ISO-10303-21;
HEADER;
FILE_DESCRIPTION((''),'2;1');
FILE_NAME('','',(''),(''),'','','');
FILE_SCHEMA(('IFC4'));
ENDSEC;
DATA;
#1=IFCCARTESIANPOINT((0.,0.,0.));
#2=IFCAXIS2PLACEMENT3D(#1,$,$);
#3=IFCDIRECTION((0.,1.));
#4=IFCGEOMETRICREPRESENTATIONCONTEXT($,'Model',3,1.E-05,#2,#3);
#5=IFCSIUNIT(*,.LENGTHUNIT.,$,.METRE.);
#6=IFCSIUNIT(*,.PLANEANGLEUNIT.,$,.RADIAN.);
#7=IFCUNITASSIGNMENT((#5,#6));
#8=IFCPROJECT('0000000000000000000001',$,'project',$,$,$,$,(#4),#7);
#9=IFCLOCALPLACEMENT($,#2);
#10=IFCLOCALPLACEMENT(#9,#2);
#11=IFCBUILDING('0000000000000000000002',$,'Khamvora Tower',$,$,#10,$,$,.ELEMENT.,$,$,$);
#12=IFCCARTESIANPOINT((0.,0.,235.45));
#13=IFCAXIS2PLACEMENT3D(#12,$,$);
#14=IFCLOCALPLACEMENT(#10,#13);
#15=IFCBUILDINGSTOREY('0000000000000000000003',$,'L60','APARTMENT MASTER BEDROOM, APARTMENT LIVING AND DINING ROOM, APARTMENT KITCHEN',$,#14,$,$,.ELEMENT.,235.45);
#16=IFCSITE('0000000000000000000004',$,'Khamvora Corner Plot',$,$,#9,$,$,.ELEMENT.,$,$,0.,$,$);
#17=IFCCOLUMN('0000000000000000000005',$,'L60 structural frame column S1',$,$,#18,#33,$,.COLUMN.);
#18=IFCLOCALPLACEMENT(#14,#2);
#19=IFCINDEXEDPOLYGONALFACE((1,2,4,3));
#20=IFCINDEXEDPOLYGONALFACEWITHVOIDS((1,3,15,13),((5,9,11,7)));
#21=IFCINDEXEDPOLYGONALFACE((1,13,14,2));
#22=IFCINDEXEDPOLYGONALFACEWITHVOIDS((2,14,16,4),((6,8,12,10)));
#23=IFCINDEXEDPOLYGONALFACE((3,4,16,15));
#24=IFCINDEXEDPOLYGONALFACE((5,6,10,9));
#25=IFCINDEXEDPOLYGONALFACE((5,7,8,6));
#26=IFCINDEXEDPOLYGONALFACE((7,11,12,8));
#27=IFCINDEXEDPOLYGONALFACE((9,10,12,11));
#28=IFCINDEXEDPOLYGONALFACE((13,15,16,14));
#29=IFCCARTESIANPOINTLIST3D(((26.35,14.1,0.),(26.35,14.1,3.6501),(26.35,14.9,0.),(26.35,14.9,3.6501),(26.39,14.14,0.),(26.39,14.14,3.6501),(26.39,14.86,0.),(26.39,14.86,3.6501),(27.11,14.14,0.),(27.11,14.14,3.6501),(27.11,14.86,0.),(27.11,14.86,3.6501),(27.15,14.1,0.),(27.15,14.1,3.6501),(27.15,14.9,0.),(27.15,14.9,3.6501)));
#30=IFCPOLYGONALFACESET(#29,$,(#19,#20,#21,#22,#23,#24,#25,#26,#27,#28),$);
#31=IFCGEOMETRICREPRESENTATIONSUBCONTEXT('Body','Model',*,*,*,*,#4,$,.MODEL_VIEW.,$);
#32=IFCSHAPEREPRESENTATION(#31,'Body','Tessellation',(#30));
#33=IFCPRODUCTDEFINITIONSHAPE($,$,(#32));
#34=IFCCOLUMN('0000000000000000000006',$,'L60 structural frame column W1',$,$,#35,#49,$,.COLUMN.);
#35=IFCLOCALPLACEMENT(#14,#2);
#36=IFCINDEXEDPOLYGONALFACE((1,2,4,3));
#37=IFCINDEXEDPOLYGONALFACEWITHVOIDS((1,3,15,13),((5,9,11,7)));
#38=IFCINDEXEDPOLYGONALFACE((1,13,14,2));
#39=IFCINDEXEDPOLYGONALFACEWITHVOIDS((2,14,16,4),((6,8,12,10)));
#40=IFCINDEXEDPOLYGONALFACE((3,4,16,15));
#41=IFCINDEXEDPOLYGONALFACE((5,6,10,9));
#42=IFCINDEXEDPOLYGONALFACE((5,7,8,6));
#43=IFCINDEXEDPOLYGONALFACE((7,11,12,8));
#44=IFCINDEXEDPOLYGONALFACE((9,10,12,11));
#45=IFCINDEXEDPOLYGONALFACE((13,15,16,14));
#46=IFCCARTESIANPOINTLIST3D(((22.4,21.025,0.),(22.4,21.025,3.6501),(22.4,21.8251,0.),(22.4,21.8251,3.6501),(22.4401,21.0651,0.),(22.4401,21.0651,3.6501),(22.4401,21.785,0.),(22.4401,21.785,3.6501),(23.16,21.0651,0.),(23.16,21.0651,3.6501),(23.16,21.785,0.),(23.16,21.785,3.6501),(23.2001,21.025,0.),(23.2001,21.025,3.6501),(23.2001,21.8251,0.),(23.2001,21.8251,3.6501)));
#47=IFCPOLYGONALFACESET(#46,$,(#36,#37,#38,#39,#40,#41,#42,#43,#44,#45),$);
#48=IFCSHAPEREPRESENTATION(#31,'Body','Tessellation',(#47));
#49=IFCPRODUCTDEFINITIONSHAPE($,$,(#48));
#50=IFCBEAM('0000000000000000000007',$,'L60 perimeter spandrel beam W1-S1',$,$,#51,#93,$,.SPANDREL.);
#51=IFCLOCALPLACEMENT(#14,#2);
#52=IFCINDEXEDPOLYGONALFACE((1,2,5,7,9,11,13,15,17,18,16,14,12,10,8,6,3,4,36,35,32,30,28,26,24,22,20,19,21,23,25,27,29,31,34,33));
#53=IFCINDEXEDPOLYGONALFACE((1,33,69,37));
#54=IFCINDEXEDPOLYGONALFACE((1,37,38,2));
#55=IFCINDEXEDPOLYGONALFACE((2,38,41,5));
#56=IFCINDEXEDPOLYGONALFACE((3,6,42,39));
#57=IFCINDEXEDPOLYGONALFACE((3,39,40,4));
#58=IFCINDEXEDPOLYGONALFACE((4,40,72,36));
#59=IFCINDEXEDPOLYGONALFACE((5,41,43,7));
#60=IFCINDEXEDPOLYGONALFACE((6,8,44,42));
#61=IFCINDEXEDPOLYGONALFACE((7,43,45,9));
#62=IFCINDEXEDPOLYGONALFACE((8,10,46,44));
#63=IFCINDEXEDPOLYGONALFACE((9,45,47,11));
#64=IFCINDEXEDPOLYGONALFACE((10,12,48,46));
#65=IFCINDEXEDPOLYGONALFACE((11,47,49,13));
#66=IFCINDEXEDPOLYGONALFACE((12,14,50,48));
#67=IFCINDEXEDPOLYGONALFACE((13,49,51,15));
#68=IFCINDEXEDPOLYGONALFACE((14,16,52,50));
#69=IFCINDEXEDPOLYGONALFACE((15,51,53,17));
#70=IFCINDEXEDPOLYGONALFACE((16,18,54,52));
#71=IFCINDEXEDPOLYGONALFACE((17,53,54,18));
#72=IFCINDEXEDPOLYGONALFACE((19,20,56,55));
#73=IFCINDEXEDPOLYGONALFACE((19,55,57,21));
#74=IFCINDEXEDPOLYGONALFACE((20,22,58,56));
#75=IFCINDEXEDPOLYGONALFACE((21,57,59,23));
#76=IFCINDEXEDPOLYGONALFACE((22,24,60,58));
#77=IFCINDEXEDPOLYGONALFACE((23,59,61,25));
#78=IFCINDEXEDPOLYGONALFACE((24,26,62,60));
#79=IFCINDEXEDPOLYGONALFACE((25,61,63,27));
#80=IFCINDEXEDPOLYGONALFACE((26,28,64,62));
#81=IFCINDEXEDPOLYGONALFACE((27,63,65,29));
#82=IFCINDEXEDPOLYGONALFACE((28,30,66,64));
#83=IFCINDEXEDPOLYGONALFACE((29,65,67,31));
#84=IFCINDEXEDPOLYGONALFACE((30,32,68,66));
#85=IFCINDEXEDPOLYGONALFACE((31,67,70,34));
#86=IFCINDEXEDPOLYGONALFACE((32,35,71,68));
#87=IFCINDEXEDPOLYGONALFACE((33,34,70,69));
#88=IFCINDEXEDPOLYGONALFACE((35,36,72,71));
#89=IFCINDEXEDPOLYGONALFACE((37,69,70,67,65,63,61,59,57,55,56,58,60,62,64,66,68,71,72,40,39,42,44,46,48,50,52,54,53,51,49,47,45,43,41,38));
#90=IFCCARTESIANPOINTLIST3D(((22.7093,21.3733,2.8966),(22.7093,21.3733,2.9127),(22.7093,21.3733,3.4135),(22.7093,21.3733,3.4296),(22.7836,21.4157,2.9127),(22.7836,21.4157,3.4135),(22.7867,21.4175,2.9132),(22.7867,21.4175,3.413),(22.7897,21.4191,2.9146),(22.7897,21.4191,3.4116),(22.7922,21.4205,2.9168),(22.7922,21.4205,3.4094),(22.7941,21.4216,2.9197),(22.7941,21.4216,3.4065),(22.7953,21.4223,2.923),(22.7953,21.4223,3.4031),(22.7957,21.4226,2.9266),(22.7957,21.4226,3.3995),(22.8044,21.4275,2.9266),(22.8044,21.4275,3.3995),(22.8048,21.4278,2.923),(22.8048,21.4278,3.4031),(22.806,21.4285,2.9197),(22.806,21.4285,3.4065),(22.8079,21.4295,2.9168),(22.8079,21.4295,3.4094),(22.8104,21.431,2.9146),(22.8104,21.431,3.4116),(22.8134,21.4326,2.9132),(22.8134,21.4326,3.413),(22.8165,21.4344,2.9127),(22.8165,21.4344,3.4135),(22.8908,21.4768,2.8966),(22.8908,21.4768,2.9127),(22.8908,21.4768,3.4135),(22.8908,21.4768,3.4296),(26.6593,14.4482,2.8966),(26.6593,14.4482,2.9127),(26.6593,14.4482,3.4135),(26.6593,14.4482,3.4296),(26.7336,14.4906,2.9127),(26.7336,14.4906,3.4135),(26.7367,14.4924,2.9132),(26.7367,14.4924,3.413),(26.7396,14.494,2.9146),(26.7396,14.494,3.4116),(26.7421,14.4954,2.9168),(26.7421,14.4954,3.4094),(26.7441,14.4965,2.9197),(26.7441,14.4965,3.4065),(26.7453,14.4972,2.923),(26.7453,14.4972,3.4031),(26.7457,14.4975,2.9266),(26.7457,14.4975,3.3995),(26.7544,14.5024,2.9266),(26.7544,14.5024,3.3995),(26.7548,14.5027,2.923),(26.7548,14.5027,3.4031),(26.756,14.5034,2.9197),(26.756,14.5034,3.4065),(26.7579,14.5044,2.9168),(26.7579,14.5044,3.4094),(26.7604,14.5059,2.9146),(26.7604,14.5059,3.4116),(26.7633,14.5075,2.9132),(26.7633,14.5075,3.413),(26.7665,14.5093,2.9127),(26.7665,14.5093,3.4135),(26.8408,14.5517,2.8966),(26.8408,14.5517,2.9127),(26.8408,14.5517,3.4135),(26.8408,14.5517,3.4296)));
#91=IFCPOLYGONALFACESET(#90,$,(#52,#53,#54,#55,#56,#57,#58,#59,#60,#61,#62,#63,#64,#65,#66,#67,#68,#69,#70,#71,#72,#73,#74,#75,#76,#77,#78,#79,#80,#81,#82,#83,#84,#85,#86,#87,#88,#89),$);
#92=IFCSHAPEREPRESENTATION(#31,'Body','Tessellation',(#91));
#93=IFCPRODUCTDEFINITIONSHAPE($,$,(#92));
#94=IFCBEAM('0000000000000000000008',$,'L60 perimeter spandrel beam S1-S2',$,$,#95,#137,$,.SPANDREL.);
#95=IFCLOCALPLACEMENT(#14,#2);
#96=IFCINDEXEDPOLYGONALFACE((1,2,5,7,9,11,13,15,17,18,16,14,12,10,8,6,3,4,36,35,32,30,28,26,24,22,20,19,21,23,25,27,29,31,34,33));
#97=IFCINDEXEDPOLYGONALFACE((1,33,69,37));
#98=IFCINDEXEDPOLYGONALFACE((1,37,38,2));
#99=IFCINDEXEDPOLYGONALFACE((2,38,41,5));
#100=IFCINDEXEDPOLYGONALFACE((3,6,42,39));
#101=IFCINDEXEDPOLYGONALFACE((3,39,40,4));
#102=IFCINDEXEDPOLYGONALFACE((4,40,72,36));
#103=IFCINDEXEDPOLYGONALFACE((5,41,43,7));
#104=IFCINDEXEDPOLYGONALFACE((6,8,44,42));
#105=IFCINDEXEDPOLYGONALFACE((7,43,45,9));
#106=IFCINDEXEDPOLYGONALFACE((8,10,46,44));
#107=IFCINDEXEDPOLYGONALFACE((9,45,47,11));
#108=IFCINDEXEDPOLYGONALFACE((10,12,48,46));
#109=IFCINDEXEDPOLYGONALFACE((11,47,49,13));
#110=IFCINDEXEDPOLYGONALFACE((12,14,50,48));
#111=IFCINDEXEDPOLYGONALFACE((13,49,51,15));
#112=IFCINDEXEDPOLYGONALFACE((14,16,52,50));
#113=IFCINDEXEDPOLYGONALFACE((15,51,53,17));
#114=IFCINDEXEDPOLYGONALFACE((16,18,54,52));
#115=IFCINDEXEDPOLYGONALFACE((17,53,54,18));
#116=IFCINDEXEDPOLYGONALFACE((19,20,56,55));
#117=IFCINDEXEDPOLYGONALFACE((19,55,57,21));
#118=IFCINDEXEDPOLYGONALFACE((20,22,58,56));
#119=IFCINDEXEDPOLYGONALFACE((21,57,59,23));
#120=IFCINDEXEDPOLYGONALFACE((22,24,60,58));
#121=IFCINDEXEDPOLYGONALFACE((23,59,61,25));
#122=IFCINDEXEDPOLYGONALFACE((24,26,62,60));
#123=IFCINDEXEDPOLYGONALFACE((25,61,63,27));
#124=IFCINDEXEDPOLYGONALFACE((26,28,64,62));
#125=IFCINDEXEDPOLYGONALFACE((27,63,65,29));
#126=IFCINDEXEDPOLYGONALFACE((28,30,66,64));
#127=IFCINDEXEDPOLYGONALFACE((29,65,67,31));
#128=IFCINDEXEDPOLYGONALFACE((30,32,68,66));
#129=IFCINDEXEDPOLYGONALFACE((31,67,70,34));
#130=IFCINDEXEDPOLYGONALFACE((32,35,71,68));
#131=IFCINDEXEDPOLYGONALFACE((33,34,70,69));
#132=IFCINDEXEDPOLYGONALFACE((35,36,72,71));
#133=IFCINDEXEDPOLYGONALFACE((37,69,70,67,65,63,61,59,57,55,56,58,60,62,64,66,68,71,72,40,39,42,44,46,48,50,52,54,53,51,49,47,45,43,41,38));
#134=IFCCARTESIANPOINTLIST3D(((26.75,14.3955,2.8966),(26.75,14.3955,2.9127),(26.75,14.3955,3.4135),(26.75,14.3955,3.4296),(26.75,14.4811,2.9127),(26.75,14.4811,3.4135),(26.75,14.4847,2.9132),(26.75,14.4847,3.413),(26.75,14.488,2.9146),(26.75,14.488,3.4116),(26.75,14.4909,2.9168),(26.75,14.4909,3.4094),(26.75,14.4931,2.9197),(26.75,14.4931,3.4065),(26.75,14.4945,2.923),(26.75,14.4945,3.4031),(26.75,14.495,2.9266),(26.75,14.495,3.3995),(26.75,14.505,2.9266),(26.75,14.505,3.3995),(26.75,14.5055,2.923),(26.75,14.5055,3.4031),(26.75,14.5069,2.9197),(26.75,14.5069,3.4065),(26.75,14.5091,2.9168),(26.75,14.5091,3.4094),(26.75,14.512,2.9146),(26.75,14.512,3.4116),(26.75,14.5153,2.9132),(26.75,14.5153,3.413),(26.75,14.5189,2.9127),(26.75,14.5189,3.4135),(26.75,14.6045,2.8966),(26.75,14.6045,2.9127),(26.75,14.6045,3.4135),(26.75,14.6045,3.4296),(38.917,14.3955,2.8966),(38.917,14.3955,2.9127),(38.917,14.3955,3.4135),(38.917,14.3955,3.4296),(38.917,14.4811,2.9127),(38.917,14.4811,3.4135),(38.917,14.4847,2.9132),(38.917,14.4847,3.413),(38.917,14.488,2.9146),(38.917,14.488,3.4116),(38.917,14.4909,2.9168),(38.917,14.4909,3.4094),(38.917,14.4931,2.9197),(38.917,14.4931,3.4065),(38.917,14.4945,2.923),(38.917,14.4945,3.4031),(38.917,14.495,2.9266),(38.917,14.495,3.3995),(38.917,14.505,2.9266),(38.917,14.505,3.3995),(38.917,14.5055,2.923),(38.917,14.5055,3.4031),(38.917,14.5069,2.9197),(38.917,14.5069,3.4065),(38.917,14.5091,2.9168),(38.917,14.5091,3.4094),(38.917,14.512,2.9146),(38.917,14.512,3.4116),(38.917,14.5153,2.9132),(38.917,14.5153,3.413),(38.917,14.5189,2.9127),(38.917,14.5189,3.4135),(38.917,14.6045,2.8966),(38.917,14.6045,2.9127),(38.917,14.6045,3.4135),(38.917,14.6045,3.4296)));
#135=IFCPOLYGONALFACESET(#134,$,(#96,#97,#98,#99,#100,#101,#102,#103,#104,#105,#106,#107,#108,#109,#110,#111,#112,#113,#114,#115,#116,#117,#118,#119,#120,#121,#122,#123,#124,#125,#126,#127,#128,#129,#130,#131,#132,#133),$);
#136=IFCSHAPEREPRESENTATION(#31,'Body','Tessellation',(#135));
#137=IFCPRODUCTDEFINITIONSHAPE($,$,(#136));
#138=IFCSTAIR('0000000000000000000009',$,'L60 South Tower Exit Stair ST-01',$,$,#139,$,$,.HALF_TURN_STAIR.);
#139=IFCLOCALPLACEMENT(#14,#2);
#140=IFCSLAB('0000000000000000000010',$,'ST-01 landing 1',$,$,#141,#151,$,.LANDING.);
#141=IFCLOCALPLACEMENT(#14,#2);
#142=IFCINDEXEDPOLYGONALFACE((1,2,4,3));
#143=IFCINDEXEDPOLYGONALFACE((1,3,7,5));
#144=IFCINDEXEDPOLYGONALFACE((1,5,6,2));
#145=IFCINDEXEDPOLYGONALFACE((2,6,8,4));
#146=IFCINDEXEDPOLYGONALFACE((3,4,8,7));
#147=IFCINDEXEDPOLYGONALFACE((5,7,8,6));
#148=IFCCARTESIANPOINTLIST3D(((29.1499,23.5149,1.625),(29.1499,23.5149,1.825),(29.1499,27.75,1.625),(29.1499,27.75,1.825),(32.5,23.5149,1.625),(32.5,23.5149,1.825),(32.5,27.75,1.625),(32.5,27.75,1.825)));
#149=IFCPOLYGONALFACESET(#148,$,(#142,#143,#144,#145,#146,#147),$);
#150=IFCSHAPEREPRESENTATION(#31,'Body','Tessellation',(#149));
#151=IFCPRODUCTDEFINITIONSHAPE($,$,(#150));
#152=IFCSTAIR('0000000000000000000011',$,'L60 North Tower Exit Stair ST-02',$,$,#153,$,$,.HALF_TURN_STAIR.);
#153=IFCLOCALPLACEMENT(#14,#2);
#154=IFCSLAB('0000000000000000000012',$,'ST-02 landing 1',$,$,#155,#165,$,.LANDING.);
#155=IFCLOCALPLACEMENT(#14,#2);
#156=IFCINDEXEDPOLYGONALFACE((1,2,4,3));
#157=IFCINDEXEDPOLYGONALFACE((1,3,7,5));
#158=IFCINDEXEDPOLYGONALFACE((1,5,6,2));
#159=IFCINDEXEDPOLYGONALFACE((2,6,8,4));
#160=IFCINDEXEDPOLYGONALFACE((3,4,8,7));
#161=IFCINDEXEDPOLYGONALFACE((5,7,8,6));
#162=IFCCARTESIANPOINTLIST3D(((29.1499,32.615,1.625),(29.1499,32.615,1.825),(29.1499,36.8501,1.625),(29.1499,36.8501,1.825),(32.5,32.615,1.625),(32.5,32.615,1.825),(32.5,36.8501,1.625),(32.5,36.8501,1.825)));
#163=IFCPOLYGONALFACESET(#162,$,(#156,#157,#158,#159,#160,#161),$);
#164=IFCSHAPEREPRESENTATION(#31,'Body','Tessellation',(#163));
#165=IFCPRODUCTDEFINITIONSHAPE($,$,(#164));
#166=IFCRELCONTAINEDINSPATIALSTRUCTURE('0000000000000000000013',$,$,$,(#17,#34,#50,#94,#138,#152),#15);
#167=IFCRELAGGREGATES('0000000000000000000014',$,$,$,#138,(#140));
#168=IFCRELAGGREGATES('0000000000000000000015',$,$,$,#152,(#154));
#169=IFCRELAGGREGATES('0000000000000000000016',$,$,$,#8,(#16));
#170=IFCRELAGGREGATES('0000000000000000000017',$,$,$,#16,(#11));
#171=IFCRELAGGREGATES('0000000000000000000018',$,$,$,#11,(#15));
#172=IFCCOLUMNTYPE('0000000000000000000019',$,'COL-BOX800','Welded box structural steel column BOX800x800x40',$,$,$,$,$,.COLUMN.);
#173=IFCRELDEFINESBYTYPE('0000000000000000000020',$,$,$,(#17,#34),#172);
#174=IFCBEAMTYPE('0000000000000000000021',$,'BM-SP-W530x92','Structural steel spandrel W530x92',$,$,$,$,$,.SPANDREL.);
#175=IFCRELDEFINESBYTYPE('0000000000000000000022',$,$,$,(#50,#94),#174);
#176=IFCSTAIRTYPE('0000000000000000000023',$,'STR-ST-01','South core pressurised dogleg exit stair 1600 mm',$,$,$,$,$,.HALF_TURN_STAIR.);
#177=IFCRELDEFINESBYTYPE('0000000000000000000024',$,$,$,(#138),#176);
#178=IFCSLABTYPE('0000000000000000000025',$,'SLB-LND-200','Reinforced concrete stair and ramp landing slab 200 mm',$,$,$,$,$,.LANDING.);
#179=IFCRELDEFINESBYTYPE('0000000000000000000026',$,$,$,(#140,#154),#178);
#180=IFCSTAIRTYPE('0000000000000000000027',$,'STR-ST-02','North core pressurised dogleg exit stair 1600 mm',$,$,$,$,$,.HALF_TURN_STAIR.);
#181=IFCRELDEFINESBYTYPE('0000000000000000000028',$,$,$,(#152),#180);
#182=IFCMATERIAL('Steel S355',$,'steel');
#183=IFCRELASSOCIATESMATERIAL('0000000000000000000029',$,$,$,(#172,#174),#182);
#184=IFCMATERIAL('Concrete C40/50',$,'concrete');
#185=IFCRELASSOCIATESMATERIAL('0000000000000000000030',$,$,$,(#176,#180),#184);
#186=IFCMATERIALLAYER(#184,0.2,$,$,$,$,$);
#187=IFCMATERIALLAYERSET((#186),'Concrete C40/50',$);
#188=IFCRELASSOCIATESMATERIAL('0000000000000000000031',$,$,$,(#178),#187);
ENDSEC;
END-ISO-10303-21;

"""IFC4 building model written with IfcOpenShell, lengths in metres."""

from ifc_helpers import new_model, si_unit, direction, frame, origin, origin_2d, place, context, subcontext, project, spatial, polyline, hollow_rectangle, i_section, outline, extrude, material, layer, layer_set, material_profile, profile_set, type_object, element, aggregate, save


model = new_model("IFC4")

# Units and contexts
model_context = context("Model", 3, precision=1e-05, world=origin(), true_north=direction((0.0, 1.0)))
body_context = subcontext(model_context, "Body", "Model", "MODEL_VIEW")
ifc_project = project(units=[si_unit("LENGTHUNIT", "METRE"), si_unit("PLANEANGLEUNIT", "RADIAN")], contexts=[model_context])

# Site, building, storey
site_placement = place(None, origin())
site = spatial("IfcSite", under=ifc_project, at=site_placement, Name="Khamvora Corner Plot", CompositionType="ELEMENT", RefElevation=0.0)
building_placement = place(site_placement, origin())
building = spatial("IfcBuilding", under=site, at=building_placement, Name="Khamvora Tower", CompositionType="ELEMENT")
storey_placement = place(building_placement, frame((0.0, 0.0, 235.45)))
storey = spatial("IfcBuildingStorey", under=building, at=storey_placement, Name="L60", Description="APARTMENT MASTER BEDROOM, APARTMENT LIVING AND DINING ROOM, APARTMENT KITCHEN", CompositionType="ELEMENT", Elevation=235.45)

# Columns
ifc_material_1 = material(Name="Steel S355", Category="steel")
ifc_material_profile_1 = material_profile(ifc_material_1, hollow_rectangle(XDim=0.8, YDim=0.8, WallThickness=0.04, at=origin_2d()), Name="BOX800x800x40")
ifc_profile_set_1 = profile_set([ifc_material_profile_1], Name="Steel S355")
column_type = type_object("IfcColumnType", Name="COL-BOX800", Description="Welded box structural steel column BOX800x800x40", PredefinedType="COLUMN", material=ifc_profile_set_1)
for number, where, z_axis, x_axis, name in (
    (1, (26.75, 14.5, 0.0), (0.0, 0.0, 1.0), (1.0, 0.0, 0.0), "L60 structural frame column S1"),
    (2, (22.8, 21.425, 0.0), (0.0, 0.0, 1.0), (1.0, 0.0, 0.0), "L60 structural frame column W1"),
):
    element("IfcColumn", number, at=place(storey_placement, frame(where, z_axis=z_axis, x_axis=x_axis)), inside=storey, type_object=column_type, Name=name, PredefinedType="COLUMN", context=body_context, shape_type="SweptSolid", body=[
        extrude(hollow_rectangle(XDim=0.8, YDim=0.8, WallThickness=0.04, at=origin_2d()), origin(), (0.0, 0.0, 1.0), 3.6501),
    ])

# Beams
ifc_material_profile_2 = material_profile(ifc_material_1, i_section(OverallWidth=0.209, OverallDepth=0.533, WebThickness=0.01, FlangeThickness=0.0161, FilletRadius=0.0139, at=origin_2d()), Name="W530x92")
ifc_profile_set_2 = profile_set([ifc_material_profile_2], Name="Steel S355")
beam_type = type_object("IfcBeamType", Name="BM-SP-W530x92", Description="Structural steel spandrel W530x92", PredefinedType="SPANDREL", material=ifc_profile_set_2)
beam_1_placement = place(storey_placement, frame((22.8, 21.425, 3.1631), z_axis=(0.495456, -0.868633, 0.0), x_axis=(0.868633, 0.495456, 0.0)))
element("IfcBeam", 3, at=beam_1_placement, inside=storey, type_object=beam_type, Name="L60 perimeter spandrel beam W1-S1", PredefinedType="SPANDREL", context=body_context, shape_type="SweptSolid", body=[
    extrude(i_section(OverallWidth=0.209, OverallDepth=0.533, WebThickness=0.01, FlangeThickness=0.0161, FilletRadius=0.0139, at=origin_2d()), origin(), (0.0, 0.0, 1.0), 7.9724),
])
beam_2_placement = place(storey_placement, frame((26.75, 14.5, 3.1631), z_axis=(1.0, 0.0, 0.0), x_axis=(0.0, 1.0, 0.0)))
element("IfcBeam", 4, at=beam_2_placement, inside=storey, type_object=beam_type, Name="L60 perimeter spandrel beam S1-S2", PredefinedType="SPANDREL", context=body_context, shape_type="SweptSolid", body=[
    extrude(i_section(OverallWidth=0.209, OverallDepth=0.533, WebThickness=0.01, FlangeThickness=0.0161, FilletRadius=0.0139, at=origin_2d()), origin(), (0.0, 0.0, 1.0), 12.167),
])

# Stairs, slabs
ifc_material_2 = material(Name="Concrete C40/50", Category="concrete")
stair_type_1 = type_object("IfcStairType", Name="STR-ST-01", Description="South core pressurised dogleg exit stair 1600 mm", PredefinedType="HALF_TURN_STAIR", material=ifc_material_2)
stair_1_placement = place(storey_placement, origin())
stair_1 = element("IfcStair", 5, at=stair_1_placement, inside=storey, type_object=stair_type_1, Name="L60 South Tower Exit Stair ST-01", PredefinedType="HALF_TURN_STAIR")
ifc_layer_1 = layer(ifc_material_2, 0.2)
ifc_layer_set_1 = layer_set([ifc_layer_1], Name="Concrete C40/50")
slab_type_1 = type_object("IfcSlabType", Name="SLB-LND-200", Description="Reinforced concrete stair and ramp landing slab 200 mm", PredefinedType="LANDING", material=ifc_layer_set_1)
slab_1_placement = place(storey_placement, frame((0.0, 0.0, 1.625)))
slab_1 = element("IfcSlab", 6, at=slab_1_placement, type_object=slab_type_1, Name="ST-01 landing 1", PredefinedType="LANDING", context=body_context, shape_type="SweptSolid", body=[
    extrude(outline(polyline([(32.5, 23.5149), (32.5, 27.75), (29.1499, 27.75), (29.1499, 23.5149), (32.5, 23.5149)])), origin(), (0.0, 0.0, 1.0), 0.2),
])
aggregate(stair_1, [slab_1])
stair_type_2 = type_object("IfcStairType", Name="STR-ST-02", Description="North core pressurised dogleg exit stair 1600 mm", PredefinedType="HALF_TURN_STAIR", material=ifc_material_2)
stair_2_placement = place(storey_placement, origin())
stair_2 = element("IfcStair", 7, at=stair_2_placement, inside=storey, type_object=stair_type_2, Name="L60 North Tower Exit Stair ST-02", PredefinedType="HALF_TURN_STAIR")
slab_2_placement = place(storey_placement, frame((0.0, 0.0, 1.625)))
slab_2 = element("IfcSlab", 8, at=slab_2_placement, type_object=slab_type_1, Name="ST-02 landing 1", PredefinedType="LANDING", context=body_context, shape_type="SweptSolid", body=[
    extrude(outline(polyline([(32.5, 32.615), (32.5, 36.8501), (29.1499, 36.8501), (29.1499, 32.615), (32.5, 32.615)])), origin(), (0.0, 0.0, 1.0), 0.2),
])
aggregate(stair_2, [slab_2])

save(model, "model.ifc")
